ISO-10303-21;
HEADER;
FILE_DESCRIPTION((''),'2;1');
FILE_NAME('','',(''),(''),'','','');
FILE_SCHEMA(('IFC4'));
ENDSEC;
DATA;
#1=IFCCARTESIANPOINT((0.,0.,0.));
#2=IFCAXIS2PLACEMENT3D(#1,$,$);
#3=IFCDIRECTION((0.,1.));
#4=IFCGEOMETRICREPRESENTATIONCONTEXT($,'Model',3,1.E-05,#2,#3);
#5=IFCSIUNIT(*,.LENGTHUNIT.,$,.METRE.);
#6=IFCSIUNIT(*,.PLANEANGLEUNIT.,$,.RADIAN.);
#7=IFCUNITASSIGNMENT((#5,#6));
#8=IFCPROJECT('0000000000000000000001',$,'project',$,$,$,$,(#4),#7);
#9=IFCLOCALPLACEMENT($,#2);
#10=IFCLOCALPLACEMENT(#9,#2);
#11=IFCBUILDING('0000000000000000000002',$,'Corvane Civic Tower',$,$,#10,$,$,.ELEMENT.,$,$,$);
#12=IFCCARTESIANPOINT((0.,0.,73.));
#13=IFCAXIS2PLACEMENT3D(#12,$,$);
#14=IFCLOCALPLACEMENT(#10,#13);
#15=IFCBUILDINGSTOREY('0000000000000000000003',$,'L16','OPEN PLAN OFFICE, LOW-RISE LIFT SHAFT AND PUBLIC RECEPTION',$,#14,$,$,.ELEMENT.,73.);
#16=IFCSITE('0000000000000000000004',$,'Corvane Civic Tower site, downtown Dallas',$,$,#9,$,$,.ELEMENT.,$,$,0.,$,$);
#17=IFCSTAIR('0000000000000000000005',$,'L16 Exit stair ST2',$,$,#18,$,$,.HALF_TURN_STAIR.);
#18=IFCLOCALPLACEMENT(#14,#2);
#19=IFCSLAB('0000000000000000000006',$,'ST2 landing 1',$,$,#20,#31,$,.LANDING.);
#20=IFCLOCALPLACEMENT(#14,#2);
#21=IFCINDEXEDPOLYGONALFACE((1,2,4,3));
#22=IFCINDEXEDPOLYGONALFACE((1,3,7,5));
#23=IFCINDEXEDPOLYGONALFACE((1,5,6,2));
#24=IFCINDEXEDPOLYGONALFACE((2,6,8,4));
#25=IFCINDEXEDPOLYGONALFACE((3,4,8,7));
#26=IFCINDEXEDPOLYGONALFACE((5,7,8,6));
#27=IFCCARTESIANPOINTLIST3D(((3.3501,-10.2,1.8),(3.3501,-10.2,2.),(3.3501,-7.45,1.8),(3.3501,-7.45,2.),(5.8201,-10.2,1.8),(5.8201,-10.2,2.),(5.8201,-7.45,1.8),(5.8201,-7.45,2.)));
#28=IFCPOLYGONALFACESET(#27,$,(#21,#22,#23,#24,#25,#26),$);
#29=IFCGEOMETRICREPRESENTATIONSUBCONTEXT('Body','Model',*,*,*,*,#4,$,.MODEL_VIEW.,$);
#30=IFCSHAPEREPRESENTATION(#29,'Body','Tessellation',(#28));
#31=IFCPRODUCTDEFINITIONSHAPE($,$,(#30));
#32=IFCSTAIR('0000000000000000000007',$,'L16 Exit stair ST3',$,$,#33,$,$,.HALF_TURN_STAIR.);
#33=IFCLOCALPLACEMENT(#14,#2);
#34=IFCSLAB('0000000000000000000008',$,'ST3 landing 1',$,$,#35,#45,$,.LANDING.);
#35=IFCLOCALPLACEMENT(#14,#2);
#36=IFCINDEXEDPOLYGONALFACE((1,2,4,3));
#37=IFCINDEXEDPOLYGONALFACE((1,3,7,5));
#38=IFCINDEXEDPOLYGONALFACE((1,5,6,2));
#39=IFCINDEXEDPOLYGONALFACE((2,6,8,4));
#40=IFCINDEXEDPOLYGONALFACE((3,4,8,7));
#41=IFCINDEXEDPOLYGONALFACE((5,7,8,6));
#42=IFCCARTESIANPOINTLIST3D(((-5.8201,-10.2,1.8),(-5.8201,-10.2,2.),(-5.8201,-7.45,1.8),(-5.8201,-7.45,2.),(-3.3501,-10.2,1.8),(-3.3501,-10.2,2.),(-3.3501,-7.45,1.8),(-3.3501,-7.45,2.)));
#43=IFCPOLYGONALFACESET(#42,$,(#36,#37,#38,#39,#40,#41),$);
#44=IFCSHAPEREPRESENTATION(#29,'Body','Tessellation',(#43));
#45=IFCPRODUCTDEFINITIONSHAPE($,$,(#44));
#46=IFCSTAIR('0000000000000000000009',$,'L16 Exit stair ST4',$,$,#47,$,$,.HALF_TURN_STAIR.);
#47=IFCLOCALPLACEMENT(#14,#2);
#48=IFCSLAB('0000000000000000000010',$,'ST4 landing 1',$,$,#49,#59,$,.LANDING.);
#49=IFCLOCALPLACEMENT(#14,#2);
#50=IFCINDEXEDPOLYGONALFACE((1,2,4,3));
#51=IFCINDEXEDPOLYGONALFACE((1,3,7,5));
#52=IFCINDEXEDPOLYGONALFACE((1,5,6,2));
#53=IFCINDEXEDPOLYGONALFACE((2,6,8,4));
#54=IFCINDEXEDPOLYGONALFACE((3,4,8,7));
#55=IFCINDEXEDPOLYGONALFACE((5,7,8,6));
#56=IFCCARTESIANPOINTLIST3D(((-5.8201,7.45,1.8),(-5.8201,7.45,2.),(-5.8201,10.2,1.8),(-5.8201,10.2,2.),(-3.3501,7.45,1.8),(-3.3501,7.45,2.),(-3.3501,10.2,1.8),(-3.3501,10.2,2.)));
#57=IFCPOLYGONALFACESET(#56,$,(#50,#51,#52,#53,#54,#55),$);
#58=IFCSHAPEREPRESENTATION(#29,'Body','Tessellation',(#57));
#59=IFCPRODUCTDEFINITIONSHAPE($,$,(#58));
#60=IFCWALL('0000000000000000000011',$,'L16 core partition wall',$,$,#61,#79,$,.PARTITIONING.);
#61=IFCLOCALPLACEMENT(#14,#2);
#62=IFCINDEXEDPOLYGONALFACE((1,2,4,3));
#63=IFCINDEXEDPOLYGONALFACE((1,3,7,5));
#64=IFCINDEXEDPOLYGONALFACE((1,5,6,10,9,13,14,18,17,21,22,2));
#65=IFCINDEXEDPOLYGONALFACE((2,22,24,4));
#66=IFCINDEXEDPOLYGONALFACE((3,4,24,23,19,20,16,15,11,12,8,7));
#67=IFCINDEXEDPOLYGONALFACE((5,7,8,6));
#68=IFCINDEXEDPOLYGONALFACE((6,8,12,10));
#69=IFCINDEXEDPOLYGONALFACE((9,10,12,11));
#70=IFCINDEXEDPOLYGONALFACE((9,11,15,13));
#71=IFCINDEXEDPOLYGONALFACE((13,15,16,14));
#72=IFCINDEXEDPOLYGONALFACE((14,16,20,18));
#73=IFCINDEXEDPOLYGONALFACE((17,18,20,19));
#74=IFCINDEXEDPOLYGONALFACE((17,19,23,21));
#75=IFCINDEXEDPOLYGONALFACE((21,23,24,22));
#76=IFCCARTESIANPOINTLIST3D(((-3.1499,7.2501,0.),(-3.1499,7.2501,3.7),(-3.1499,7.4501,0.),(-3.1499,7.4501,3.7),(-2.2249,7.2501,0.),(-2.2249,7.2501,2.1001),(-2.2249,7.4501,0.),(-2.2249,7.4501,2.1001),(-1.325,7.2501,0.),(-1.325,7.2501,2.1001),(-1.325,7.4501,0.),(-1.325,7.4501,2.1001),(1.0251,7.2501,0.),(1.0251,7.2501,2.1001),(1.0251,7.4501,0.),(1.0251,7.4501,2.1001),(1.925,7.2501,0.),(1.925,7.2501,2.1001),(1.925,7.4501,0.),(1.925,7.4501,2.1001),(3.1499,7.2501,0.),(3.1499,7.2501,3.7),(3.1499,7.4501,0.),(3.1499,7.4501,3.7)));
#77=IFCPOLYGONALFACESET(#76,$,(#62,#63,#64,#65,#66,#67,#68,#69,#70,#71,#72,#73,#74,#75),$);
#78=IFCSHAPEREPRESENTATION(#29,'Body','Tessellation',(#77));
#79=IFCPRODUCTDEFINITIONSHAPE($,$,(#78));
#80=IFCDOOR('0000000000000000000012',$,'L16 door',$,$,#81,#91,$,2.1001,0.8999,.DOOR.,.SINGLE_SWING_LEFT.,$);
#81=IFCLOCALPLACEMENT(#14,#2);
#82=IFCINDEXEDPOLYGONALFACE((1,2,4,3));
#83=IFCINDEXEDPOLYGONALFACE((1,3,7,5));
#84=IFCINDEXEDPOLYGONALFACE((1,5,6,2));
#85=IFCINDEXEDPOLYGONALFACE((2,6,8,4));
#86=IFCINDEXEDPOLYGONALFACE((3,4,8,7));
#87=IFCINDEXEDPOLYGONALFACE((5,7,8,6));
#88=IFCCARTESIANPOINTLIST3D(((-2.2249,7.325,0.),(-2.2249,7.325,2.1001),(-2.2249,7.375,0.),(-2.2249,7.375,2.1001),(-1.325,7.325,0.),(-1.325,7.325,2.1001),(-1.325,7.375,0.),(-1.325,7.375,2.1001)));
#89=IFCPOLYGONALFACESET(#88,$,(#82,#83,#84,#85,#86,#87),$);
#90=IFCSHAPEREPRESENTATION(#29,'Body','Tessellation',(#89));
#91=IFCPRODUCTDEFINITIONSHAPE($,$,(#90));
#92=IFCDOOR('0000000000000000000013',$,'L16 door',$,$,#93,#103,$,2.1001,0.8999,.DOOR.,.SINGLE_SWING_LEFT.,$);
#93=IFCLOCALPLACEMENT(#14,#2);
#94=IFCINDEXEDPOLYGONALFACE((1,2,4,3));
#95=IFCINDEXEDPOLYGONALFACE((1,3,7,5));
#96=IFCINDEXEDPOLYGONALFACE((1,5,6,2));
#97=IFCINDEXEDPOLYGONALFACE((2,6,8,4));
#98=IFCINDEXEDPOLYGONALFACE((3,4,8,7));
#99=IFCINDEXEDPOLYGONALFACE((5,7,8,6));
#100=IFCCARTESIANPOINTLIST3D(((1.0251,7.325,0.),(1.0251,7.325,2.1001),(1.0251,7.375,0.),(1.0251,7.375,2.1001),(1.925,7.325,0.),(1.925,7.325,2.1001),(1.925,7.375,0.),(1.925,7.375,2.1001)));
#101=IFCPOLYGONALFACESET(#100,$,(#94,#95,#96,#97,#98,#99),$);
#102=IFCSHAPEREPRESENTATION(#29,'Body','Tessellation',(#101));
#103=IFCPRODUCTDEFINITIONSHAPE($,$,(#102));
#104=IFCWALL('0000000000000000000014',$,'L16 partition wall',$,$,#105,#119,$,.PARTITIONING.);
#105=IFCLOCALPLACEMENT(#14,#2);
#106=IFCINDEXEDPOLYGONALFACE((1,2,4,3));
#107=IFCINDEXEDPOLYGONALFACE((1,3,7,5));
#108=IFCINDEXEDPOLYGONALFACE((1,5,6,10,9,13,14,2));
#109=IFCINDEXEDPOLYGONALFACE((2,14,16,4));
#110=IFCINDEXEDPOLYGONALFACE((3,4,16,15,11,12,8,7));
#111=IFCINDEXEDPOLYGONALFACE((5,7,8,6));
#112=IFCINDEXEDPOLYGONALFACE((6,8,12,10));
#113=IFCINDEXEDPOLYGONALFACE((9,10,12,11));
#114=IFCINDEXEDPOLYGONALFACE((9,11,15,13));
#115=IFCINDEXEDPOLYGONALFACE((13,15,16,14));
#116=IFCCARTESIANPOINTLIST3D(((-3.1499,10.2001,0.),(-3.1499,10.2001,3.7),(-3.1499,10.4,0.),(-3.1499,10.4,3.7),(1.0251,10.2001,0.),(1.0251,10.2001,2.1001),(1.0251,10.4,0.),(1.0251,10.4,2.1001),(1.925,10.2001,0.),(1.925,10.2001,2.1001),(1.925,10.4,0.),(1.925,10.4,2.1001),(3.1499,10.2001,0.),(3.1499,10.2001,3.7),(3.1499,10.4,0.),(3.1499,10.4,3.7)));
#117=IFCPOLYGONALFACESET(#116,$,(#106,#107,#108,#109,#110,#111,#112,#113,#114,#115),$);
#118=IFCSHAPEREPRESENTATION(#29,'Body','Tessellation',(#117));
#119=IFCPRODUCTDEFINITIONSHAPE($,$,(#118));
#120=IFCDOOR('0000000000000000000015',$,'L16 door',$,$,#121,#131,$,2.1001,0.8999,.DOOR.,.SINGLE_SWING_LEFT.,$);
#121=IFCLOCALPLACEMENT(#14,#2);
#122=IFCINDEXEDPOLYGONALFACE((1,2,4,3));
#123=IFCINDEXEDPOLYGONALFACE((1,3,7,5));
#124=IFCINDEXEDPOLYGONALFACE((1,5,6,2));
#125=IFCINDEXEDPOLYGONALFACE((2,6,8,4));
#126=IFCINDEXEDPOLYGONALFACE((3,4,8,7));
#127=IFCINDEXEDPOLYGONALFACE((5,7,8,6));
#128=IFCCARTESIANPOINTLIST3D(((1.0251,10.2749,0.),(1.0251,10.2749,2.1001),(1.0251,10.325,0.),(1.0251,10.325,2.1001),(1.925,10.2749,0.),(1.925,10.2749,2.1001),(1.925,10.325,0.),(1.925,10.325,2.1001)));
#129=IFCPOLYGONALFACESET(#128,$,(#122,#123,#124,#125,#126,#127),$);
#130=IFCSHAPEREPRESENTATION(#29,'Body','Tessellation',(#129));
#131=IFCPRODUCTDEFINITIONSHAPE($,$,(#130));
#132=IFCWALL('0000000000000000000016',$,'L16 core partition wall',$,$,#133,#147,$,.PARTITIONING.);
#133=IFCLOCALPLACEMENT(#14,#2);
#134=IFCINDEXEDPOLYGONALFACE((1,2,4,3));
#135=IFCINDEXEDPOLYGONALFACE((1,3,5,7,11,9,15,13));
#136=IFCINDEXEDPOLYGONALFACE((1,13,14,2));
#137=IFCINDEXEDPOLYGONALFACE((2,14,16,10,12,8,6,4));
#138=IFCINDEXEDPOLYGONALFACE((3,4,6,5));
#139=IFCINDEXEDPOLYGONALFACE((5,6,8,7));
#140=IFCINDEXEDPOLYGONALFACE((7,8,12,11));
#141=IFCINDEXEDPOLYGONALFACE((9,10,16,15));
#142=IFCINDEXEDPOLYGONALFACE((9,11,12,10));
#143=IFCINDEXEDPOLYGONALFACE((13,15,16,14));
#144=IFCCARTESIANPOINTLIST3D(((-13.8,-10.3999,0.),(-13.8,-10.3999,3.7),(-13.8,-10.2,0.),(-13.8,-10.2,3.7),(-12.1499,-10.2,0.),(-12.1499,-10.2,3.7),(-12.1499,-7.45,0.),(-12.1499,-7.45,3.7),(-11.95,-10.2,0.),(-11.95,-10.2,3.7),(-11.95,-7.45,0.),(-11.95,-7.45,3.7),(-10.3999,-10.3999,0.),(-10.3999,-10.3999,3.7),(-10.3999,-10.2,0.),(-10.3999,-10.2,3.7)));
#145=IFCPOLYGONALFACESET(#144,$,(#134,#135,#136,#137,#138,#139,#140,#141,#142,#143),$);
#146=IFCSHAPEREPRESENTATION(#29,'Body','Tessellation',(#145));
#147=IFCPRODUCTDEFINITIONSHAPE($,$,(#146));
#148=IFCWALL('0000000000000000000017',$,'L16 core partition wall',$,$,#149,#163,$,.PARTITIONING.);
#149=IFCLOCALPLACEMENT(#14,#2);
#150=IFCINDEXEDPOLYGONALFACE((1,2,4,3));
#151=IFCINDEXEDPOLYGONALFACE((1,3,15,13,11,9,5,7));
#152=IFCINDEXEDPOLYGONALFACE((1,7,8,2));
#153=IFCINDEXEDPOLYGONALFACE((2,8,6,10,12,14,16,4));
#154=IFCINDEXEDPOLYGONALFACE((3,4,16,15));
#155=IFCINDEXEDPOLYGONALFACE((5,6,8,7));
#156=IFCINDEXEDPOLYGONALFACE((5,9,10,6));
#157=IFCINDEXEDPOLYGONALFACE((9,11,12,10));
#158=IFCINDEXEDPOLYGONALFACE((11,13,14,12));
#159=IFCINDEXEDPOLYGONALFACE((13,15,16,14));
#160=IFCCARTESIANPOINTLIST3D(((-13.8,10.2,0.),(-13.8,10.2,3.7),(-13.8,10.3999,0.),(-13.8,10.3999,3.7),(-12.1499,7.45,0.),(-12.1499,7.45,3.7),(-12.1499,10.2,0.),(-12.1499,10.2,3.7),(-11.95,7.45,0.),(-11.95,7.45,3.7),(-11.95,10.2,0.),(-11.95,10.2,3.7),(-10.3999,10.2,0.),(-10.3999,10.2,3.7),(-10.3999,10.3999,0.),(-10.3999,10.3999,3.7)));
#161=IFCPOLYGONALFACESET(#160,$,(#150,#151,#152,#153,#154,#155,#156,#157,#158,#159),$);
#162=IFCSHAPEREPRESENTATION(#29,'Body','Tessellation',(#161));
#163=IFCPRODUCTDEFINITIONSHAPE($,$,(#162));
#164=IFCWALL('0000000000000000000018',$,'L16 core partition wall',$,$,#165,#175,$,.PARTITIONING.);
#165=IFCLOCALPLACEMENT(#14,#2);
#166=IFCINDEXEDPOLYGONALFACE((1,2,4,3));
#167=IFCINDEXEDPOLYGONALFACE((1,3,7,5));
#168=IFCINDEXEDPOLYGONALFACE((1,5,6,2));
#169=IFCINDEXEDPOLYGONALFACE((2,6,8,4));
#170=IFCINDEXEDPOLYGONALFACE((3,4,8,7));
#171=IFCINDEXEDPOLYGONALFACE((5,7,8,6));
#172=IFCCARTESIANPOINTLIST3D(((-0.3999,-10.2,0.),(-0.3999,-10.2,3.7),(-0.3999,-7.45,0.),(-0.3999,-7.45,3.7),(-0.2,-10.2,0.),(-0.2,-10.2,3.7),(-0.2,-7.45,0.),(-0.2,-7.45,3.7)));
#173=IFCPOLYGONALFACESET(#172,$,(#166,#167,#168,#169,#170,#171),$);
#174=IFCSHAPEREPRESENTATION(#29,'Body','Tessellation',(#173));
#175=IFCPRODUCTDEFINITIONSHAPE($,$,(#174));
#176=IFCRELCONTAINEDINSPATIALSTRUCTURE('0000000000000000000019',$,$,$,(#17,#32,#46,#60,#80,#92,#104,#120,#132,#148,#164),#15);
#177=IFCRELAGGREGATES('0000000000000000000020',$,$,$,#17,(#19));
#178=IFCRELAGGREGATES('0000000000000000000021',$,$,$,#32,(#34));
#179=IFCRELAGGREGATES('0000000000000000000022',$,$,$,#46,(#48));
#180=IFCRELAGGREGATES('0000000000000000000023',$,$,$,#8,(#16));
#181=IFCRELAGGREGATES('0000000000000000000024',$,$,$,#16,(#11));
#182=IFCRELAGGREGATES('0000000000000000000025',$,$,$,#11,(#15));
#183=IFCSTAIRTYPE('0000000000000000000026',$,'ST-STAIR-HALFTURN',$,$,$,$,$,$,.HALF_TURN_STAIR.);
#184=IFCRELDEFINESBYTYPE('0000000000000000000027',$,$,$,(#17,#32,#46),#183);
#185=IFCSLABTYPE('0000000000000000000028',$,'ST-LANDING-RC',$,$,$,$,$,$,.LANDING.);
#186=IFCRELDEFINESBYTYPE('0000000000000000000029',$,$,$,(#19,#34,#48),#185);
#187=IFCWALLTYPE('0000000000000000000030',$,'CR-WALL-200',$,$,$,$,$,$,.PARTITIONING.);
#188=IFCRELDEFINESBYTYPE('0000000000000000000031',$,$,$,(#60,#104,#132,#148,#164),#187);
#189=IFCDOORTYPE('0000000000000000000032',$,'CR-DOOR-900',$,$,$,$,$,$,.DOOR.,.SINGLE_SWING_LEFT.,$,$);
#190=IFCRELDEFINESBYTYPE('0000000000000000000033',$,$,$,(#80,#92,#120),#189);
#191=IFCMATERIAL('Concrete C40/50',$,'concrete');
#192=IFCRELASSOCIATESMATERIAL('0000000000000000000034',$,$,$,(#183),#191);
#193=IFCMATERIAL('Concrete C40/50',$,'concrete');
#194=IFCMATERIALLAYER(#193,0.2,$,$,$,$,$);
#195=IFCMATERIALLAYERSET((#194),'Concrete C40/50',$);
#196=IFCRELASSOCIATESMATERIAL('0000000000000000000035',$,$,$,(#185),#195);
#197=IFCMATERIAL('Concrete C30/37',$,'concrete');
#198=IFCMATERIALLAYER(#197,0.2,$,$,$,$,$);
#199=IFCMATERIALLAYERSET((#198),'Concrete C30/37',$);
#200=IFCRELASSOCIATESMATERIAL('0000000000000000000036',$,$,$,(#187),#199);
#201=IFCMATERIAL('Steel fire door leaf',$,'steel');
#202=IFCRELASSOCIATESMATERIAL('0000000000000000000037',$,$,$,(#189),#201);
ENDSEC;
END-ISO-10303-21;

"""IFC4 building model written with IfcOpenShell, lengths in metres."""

from ifc_helpers import new_model, si_unit, direction, frame, frame_2d, origin, place, context, subcontext, project, spatial, polyline, rectangle, outline, extrude, material, layer, layer_set, type_object, element, fill, aggregate, save


model = new_model("IFC4")

# Units and contexts
model_context = context("Model", 3, precision=1e-05, world=origin(), true_north=direction((0.0, 1.0)))
body_context = subcontext(model_context, "Body", "Model", "MODEL_VIEW")
ifc_project = project(units=[si_unit("LENGTHUNIT", "METRE"), si_unit("PLANEANGLEUNIT", "RADIAN")], contexts=[model_context])

# Site, building, storey
site_placement = place(None, origin())
site = spatial("IfcSite", under=ifc_project, at=site_placement, Name="Corvane Civic Tower site, downtown Dallas", CompositionType="ELEMENT", RefElevation=0.0)
building_placement = place(site_placement, origin())
building = spatial("IfcBuilding", under=site, at=building_placement, Name="Corvane Civic Tower", CompositionType="ELEMENT")
storey_placement = place(building_placement, frame((0.0, 0.0, 73.0)))
storey = spatial("IfcBuildingStorey", under=building, at=storey_placement, Name="L16", Description="OPEN PLAN OFFICE, LOW-RISE LIFT SHAFT AND PUBLIC RECEPTION", CompositionType="ELEMENT", Elevation=73.0)

# Stairs, slabs
ifc_material_1 = material(Name="Concrete C40/50", Category="concrete")
stair_type = type_object("IfcStairType", Name="ST-STAIR-HALFTURN", PredefinedType="HALF_TURN_STAIR", material=ifc_material_1)
stair_1_placement = place(storey_placement, origin())
stair_1 = element("IfcStair", 1, at=stair_1_placement, inside=storey, type_object=stair_type, Name="L16 Exit stair ST2", PredefinedType="HALF_TURN_STAIR")
ifc_material_2 = material(Name="Concrete C40/50", Category="concrete")
ifc_layer_1 = layer(ifc_material_2, 0.2)
ifc_layer_set_1 = layer_set([ifc_layer_1], Name="Concrete C40/50")
slab_type = type_object("IfcSlabType", Name="ST-LANDING-RC", PredefinedType="LANDING", material=ifc_layer_set_1)
slab_1_placement = place(storey_placement, frame((0.0, 0.0, 1.8)))
slab_1 = element("IfcSlab", 2, at=slab_1_placement, type_object=slab_type, Name="ST2 landing 1", PredefinedType="LANDING", context=body_context, shape_type="SweptSolid", body=[
    extrude(outline(polyline([(5.8201, -7.45), (3.3501, -7.45), (3.3501, -10.2), (5.8201, -10.2), (5.8201, -7.45)])), origin(), (0.0, 0.0, 1.0), 0.2),
])
aggregate(stair_1, [slab_1])
stair_2_placement = place(storey_placement, origin())
stair_2 = element("IfcStair", 3, at=stair_2_placement, inside=storey, type_object=stair_type, Name="L16 Exit stair ST3", PredefinedType="HALF_TURN_STAIR")
slab_2_placement = place(storey_placement, frame((0.0, 0.0, 1.8)))
slab_2 = element("IfcSlab", 4, at=slab_2_placement, type_object=slab_type, Name="ST3 landing 1", PredefinedType="LANDING", context=body_context, shape_type="SweptSolid", body=[
    extrude(outline(polyline([(-5.8201, -10.2), (-3.3501, -10.2), (-3.3501, -7.45), (-5.8201, -7.45), (-5.8201, -10.2)])), origin(), (0.0, 0.0, 1.0), 0.2),
])
aggregate(stair_2, [slab_2])
stair_3_placement = place(storey_placement, origin())
stair_3 = element("IfcStair", 5, at=stair_3_placement, inside=storey, type_object=stair_type, Name="L16 Exit stair ST4", PredefinedType="HALF_TURN_STAIR")
slab_3_placement = place(storey_placement, frame((0.0, 0.0, 1.8)))
slab_3 = element("IfcSlab", 6, at=slab_3_placement, type_object=slab_type, Name="ST4 landing 1", PredefinedType="LANDING", context=body_context, shape_type="SweptSolid", body=[
    extrude(outline(polyline([(-5.8201, 7.45), (-3.3501, 7.45), (-3.3501, 10.2), (-5.8201, 10.2), (-5.8201, 7.45)])), origin(), (0.0, 0.0, 1.0), 0.2),
])

# Wall, openings, doors
ifc_material_3 = material(Name="Concrete C30/37", Category="concrete")
ifc_layer_2 = layer(ifc_material_3, 0.2)
ifc_layer_set_2 = layer_set([ifc_layer_2], Name="Concrete C30/37")
wall_type = type_object("IfcWallType", Name="CR-WALL-200", PredefinedType="PARTITIONING", material=ifc_layer_set_2)
wall_1_placement = place(storey_placement, frame((-3.1499, 7.3501, 0.0), z_axis=(0.0, 0.0, 1.0), x_axis=(1.0, 0.0, 0.0)))
wall_1 = element("IfcWall", 7, at=wall_1_placement, inside=storey, type_object=wall_type, Name="L16 core partition wall", PredefinedType="PARTITIONING", context=body_context, shape_type="SweptSolid", body=[
    extrude(rectangle(XDim=6.2998, YDim=0.2, at=frame_2d((3.1499, 0.0))), origin(), (0.0, 0.0, 1.0), 3.7),
])
opening_1_placement = place(wall_1_placement, frame((0.925, 0.0, 0.0)))
opening_1 = element("IfcOpeningElement", 8, at=opening_1_placement, cuts=wall_1, PredefinedType="OPENING", context=body_context, shape_type="SweptSolid", body=[
    extrude(rectangle(XDim=0.8999, YDim=2.1001, at=frame_2d((0.45, 1.05))), frame((0.0, 0.1099, 0.0), z_axis=(0.0, -1.0, 0.0), x_axis=(1.0, 0.0, 0.0)), (0.0, 0.0, 1.0), 0.22),
])
opening_2_placement = place(wall_1_placement, frame((4.175, 0.0, 0.0)))
opening_2 = element("IfcOpeningElement", 9, at=opening_2_placement, cuts=wall_1, PredefinedType="OPENING", context=body_context, shape_type="SweptSolid", body=[
    extrude(rectangle(XDim=0.8999, YDim=2.1001, at=frame_2d((0.45, 1.05))), frame((0.0, 0.1099, 0.0), z_axis=(0.0, -1.0, 0.0), x_axis=(1.0, 0.0, 0.0)), (0.0, 0.0, 1.0), 0.22),
])
ifc_material_4 = material(Name="Steel fire door leaf", Category="steel")
door_type = type_object("IfcDoorType", Name="CR-DOOR-900", OperationType="SINGLE_SWING_LEFT", PredefinedType="DOOR", material=ifc_material_4)
door_1_placement = place(opening_1_placement, origin())
door_1 = element("IfcDoor", 10, at=door_1_placement, inside=storey, type_object=door_type, Name="L16 door", OperationType="SINGLE_SWING_LEFT", OverallHeight=2.1001, OverallWidth=0.8999, PredefinedType="DOOR", context=body_context, shape_type="SweptSolid", body=[
    extrude(rectangle(XDim=0.8999, YDim=2.1001, at=frame_2d((0.45, 1.05))), frame((0.0, 0.0249, 0.0), z_axis=(0.0, -1.0, 0.0), x_axis=(1.0, 0.0, 0.0)), (0.0, 0.0, 1.0), 0.05),
])
fill(opening_1, door_1)
door_2_placement = place(opening_2_placement, origin())
door_2 = element("IfcDoor", 11, at=door_2_placement, inside=storey, type_object=door_type, Name="L16 door", OperationType="SINGLE_SWING_LEFT", OverallHeight=2.1001, OverallWidth=0.8999, PredefinedType="DOOR", context=body_context, shape_type="SweptSolid", body=[
    extrude(rectangle(XDim=0.8999, YDim=2.1001, at=frame_2d((0.45, 1.05))), frame((0.0, 0.0249, 0.0), z_axis=(0.0, -1.0, 0.0), x_axis=(1.0, 0.0, 0.0)), (0.0, 0.0, 1.0), 0.05),
])
fill(opening_2, door_2)

# Wall, opening, door
wall_2_placement = place(storey_placement, frame((-3.1499, 10.3, 0.0), z_axis=(0.0, 0.0, 1.0), x_axis=(1.0, 0.0, 0.0)))
wall_2 = element("IfcWall", 12, at=wall_2_placement, inside=storey, type_object=wall_type, Name="L16 partition wall", PredefinedType="PARTITIONING", context=body_context, shape_type="SweptSolid", body=[
    extrude(rectangle(XDim=6.2998, YDim=0.2, at=frame_2d((3.1499, 0.0))), origin(), (0.0, 0.0, 1.0), 3.7),
])
opening_3_placement = place(wall_2_placement, frame((4.175, 0.0, 0.0)))
opening_3 = element("IfcOpeningElement", 13, at=opening_3_placement, cuts=wall_2, PredefinedType="OPENING", context=body_context, shape_type="SweptSolid", body=[
    extrude(rectangle(XDim=0.8999, YDim=2.1001, at=frame_2d((0.45, 1.05))), frame((0.0, 0.1099, 0.0), z_axis=(0.0, -1.0, 0.0), x_axis=(1.0, 0.0, 0.0)), (0.0, 0.0, 1.0), 0.22),
])
door_3_placement = place(opening_3_placement, origin())
door_3 = element("IfcDoor", 14, at=door_3_placement, inside=storey, type_object=door_type, Name="L16 door", OperationType="SINGLE_SWING_LEFT", OverallHeight=2.1001, OverallWidth=0.8999, PredefinedType="DOOR", context=body_context, shape_type="SweptSolid", body=[
    extrude(rectangle(XDim=0.8999, YDim=2.1001, at=frame_2d((0.45, 1.05))), frame((0.0, 0.0249, 0.0), z_axis=(0.0, -1.0, 0.0), x_axis=(1.0, 0.0, 0.0)), (0.0, 0.0, 1.0), 0.05),
])
fill(opening_3, door_3)

# Walls
wall_3_placement = place(storey_placement, origin())
element("IfcWall", 15, at=wall_3_placement, inside=storey, type_object=wall_type, Name="L16 core partition wall", PredefinedType="PARTITIONING", context=body_context, shape_type="SweptSolid", body=[
    extrude(outline(polyline([(-12.1499, -7.45), (-11.95, -7.45), (-11.95, -10.2), (-10.3999, -10.2), (-10.3999, -10.3999), (-13.8, -10.3999), (-13.8, -10.2), (-12.1499, -10.2), (-12.1499, -7.45)])), origin(), (0.0, 0.0, 1.0), 3.7),
])
wall_4_placement = place(storey_placement, origin())
element("IfcWall", 16, at=wall_4_placement, inside=storey, type_object=wall_type, Name="L16 core partition wall", PredefinedType="PARTITIONING", context=body_context, shape_type="SweptSolid", body=[
    extrude(outline(polyline([(-13.8, 10.3999), (-10.3999, 10.3999), (-10.3999, 10.2), (-11.95, 10.2), (-11.95, 7.45), (-12.1499, 7.45), (-12.1499, 10.2), (-13.8, 10.2), (-13.8, 10.3999)])), origin(), (0.0, 0.0, 1.0), 3.7),
])
wall_5_placement = place(storey_placement, origin())
element("IfcWall", 17, at=wall_5_placement, inside=storey, type_object=wall_type, Name="L16 core partition wall", PredefinedType="PARTITIONING", context=body_context, shape_type="SweptSolid", body=[
    extrude(outline(polyline([(-0.2, -10.2), (-0.3999, -10.2), (-0.3999, -7.45), (-0.2, -7.45), (-0.2, -10.2)])), origin(), (0.0, 0.0, 1.0), 3.7),
])

aggregate(stair_3, [slab_3])

save(model, "model.ifc")
